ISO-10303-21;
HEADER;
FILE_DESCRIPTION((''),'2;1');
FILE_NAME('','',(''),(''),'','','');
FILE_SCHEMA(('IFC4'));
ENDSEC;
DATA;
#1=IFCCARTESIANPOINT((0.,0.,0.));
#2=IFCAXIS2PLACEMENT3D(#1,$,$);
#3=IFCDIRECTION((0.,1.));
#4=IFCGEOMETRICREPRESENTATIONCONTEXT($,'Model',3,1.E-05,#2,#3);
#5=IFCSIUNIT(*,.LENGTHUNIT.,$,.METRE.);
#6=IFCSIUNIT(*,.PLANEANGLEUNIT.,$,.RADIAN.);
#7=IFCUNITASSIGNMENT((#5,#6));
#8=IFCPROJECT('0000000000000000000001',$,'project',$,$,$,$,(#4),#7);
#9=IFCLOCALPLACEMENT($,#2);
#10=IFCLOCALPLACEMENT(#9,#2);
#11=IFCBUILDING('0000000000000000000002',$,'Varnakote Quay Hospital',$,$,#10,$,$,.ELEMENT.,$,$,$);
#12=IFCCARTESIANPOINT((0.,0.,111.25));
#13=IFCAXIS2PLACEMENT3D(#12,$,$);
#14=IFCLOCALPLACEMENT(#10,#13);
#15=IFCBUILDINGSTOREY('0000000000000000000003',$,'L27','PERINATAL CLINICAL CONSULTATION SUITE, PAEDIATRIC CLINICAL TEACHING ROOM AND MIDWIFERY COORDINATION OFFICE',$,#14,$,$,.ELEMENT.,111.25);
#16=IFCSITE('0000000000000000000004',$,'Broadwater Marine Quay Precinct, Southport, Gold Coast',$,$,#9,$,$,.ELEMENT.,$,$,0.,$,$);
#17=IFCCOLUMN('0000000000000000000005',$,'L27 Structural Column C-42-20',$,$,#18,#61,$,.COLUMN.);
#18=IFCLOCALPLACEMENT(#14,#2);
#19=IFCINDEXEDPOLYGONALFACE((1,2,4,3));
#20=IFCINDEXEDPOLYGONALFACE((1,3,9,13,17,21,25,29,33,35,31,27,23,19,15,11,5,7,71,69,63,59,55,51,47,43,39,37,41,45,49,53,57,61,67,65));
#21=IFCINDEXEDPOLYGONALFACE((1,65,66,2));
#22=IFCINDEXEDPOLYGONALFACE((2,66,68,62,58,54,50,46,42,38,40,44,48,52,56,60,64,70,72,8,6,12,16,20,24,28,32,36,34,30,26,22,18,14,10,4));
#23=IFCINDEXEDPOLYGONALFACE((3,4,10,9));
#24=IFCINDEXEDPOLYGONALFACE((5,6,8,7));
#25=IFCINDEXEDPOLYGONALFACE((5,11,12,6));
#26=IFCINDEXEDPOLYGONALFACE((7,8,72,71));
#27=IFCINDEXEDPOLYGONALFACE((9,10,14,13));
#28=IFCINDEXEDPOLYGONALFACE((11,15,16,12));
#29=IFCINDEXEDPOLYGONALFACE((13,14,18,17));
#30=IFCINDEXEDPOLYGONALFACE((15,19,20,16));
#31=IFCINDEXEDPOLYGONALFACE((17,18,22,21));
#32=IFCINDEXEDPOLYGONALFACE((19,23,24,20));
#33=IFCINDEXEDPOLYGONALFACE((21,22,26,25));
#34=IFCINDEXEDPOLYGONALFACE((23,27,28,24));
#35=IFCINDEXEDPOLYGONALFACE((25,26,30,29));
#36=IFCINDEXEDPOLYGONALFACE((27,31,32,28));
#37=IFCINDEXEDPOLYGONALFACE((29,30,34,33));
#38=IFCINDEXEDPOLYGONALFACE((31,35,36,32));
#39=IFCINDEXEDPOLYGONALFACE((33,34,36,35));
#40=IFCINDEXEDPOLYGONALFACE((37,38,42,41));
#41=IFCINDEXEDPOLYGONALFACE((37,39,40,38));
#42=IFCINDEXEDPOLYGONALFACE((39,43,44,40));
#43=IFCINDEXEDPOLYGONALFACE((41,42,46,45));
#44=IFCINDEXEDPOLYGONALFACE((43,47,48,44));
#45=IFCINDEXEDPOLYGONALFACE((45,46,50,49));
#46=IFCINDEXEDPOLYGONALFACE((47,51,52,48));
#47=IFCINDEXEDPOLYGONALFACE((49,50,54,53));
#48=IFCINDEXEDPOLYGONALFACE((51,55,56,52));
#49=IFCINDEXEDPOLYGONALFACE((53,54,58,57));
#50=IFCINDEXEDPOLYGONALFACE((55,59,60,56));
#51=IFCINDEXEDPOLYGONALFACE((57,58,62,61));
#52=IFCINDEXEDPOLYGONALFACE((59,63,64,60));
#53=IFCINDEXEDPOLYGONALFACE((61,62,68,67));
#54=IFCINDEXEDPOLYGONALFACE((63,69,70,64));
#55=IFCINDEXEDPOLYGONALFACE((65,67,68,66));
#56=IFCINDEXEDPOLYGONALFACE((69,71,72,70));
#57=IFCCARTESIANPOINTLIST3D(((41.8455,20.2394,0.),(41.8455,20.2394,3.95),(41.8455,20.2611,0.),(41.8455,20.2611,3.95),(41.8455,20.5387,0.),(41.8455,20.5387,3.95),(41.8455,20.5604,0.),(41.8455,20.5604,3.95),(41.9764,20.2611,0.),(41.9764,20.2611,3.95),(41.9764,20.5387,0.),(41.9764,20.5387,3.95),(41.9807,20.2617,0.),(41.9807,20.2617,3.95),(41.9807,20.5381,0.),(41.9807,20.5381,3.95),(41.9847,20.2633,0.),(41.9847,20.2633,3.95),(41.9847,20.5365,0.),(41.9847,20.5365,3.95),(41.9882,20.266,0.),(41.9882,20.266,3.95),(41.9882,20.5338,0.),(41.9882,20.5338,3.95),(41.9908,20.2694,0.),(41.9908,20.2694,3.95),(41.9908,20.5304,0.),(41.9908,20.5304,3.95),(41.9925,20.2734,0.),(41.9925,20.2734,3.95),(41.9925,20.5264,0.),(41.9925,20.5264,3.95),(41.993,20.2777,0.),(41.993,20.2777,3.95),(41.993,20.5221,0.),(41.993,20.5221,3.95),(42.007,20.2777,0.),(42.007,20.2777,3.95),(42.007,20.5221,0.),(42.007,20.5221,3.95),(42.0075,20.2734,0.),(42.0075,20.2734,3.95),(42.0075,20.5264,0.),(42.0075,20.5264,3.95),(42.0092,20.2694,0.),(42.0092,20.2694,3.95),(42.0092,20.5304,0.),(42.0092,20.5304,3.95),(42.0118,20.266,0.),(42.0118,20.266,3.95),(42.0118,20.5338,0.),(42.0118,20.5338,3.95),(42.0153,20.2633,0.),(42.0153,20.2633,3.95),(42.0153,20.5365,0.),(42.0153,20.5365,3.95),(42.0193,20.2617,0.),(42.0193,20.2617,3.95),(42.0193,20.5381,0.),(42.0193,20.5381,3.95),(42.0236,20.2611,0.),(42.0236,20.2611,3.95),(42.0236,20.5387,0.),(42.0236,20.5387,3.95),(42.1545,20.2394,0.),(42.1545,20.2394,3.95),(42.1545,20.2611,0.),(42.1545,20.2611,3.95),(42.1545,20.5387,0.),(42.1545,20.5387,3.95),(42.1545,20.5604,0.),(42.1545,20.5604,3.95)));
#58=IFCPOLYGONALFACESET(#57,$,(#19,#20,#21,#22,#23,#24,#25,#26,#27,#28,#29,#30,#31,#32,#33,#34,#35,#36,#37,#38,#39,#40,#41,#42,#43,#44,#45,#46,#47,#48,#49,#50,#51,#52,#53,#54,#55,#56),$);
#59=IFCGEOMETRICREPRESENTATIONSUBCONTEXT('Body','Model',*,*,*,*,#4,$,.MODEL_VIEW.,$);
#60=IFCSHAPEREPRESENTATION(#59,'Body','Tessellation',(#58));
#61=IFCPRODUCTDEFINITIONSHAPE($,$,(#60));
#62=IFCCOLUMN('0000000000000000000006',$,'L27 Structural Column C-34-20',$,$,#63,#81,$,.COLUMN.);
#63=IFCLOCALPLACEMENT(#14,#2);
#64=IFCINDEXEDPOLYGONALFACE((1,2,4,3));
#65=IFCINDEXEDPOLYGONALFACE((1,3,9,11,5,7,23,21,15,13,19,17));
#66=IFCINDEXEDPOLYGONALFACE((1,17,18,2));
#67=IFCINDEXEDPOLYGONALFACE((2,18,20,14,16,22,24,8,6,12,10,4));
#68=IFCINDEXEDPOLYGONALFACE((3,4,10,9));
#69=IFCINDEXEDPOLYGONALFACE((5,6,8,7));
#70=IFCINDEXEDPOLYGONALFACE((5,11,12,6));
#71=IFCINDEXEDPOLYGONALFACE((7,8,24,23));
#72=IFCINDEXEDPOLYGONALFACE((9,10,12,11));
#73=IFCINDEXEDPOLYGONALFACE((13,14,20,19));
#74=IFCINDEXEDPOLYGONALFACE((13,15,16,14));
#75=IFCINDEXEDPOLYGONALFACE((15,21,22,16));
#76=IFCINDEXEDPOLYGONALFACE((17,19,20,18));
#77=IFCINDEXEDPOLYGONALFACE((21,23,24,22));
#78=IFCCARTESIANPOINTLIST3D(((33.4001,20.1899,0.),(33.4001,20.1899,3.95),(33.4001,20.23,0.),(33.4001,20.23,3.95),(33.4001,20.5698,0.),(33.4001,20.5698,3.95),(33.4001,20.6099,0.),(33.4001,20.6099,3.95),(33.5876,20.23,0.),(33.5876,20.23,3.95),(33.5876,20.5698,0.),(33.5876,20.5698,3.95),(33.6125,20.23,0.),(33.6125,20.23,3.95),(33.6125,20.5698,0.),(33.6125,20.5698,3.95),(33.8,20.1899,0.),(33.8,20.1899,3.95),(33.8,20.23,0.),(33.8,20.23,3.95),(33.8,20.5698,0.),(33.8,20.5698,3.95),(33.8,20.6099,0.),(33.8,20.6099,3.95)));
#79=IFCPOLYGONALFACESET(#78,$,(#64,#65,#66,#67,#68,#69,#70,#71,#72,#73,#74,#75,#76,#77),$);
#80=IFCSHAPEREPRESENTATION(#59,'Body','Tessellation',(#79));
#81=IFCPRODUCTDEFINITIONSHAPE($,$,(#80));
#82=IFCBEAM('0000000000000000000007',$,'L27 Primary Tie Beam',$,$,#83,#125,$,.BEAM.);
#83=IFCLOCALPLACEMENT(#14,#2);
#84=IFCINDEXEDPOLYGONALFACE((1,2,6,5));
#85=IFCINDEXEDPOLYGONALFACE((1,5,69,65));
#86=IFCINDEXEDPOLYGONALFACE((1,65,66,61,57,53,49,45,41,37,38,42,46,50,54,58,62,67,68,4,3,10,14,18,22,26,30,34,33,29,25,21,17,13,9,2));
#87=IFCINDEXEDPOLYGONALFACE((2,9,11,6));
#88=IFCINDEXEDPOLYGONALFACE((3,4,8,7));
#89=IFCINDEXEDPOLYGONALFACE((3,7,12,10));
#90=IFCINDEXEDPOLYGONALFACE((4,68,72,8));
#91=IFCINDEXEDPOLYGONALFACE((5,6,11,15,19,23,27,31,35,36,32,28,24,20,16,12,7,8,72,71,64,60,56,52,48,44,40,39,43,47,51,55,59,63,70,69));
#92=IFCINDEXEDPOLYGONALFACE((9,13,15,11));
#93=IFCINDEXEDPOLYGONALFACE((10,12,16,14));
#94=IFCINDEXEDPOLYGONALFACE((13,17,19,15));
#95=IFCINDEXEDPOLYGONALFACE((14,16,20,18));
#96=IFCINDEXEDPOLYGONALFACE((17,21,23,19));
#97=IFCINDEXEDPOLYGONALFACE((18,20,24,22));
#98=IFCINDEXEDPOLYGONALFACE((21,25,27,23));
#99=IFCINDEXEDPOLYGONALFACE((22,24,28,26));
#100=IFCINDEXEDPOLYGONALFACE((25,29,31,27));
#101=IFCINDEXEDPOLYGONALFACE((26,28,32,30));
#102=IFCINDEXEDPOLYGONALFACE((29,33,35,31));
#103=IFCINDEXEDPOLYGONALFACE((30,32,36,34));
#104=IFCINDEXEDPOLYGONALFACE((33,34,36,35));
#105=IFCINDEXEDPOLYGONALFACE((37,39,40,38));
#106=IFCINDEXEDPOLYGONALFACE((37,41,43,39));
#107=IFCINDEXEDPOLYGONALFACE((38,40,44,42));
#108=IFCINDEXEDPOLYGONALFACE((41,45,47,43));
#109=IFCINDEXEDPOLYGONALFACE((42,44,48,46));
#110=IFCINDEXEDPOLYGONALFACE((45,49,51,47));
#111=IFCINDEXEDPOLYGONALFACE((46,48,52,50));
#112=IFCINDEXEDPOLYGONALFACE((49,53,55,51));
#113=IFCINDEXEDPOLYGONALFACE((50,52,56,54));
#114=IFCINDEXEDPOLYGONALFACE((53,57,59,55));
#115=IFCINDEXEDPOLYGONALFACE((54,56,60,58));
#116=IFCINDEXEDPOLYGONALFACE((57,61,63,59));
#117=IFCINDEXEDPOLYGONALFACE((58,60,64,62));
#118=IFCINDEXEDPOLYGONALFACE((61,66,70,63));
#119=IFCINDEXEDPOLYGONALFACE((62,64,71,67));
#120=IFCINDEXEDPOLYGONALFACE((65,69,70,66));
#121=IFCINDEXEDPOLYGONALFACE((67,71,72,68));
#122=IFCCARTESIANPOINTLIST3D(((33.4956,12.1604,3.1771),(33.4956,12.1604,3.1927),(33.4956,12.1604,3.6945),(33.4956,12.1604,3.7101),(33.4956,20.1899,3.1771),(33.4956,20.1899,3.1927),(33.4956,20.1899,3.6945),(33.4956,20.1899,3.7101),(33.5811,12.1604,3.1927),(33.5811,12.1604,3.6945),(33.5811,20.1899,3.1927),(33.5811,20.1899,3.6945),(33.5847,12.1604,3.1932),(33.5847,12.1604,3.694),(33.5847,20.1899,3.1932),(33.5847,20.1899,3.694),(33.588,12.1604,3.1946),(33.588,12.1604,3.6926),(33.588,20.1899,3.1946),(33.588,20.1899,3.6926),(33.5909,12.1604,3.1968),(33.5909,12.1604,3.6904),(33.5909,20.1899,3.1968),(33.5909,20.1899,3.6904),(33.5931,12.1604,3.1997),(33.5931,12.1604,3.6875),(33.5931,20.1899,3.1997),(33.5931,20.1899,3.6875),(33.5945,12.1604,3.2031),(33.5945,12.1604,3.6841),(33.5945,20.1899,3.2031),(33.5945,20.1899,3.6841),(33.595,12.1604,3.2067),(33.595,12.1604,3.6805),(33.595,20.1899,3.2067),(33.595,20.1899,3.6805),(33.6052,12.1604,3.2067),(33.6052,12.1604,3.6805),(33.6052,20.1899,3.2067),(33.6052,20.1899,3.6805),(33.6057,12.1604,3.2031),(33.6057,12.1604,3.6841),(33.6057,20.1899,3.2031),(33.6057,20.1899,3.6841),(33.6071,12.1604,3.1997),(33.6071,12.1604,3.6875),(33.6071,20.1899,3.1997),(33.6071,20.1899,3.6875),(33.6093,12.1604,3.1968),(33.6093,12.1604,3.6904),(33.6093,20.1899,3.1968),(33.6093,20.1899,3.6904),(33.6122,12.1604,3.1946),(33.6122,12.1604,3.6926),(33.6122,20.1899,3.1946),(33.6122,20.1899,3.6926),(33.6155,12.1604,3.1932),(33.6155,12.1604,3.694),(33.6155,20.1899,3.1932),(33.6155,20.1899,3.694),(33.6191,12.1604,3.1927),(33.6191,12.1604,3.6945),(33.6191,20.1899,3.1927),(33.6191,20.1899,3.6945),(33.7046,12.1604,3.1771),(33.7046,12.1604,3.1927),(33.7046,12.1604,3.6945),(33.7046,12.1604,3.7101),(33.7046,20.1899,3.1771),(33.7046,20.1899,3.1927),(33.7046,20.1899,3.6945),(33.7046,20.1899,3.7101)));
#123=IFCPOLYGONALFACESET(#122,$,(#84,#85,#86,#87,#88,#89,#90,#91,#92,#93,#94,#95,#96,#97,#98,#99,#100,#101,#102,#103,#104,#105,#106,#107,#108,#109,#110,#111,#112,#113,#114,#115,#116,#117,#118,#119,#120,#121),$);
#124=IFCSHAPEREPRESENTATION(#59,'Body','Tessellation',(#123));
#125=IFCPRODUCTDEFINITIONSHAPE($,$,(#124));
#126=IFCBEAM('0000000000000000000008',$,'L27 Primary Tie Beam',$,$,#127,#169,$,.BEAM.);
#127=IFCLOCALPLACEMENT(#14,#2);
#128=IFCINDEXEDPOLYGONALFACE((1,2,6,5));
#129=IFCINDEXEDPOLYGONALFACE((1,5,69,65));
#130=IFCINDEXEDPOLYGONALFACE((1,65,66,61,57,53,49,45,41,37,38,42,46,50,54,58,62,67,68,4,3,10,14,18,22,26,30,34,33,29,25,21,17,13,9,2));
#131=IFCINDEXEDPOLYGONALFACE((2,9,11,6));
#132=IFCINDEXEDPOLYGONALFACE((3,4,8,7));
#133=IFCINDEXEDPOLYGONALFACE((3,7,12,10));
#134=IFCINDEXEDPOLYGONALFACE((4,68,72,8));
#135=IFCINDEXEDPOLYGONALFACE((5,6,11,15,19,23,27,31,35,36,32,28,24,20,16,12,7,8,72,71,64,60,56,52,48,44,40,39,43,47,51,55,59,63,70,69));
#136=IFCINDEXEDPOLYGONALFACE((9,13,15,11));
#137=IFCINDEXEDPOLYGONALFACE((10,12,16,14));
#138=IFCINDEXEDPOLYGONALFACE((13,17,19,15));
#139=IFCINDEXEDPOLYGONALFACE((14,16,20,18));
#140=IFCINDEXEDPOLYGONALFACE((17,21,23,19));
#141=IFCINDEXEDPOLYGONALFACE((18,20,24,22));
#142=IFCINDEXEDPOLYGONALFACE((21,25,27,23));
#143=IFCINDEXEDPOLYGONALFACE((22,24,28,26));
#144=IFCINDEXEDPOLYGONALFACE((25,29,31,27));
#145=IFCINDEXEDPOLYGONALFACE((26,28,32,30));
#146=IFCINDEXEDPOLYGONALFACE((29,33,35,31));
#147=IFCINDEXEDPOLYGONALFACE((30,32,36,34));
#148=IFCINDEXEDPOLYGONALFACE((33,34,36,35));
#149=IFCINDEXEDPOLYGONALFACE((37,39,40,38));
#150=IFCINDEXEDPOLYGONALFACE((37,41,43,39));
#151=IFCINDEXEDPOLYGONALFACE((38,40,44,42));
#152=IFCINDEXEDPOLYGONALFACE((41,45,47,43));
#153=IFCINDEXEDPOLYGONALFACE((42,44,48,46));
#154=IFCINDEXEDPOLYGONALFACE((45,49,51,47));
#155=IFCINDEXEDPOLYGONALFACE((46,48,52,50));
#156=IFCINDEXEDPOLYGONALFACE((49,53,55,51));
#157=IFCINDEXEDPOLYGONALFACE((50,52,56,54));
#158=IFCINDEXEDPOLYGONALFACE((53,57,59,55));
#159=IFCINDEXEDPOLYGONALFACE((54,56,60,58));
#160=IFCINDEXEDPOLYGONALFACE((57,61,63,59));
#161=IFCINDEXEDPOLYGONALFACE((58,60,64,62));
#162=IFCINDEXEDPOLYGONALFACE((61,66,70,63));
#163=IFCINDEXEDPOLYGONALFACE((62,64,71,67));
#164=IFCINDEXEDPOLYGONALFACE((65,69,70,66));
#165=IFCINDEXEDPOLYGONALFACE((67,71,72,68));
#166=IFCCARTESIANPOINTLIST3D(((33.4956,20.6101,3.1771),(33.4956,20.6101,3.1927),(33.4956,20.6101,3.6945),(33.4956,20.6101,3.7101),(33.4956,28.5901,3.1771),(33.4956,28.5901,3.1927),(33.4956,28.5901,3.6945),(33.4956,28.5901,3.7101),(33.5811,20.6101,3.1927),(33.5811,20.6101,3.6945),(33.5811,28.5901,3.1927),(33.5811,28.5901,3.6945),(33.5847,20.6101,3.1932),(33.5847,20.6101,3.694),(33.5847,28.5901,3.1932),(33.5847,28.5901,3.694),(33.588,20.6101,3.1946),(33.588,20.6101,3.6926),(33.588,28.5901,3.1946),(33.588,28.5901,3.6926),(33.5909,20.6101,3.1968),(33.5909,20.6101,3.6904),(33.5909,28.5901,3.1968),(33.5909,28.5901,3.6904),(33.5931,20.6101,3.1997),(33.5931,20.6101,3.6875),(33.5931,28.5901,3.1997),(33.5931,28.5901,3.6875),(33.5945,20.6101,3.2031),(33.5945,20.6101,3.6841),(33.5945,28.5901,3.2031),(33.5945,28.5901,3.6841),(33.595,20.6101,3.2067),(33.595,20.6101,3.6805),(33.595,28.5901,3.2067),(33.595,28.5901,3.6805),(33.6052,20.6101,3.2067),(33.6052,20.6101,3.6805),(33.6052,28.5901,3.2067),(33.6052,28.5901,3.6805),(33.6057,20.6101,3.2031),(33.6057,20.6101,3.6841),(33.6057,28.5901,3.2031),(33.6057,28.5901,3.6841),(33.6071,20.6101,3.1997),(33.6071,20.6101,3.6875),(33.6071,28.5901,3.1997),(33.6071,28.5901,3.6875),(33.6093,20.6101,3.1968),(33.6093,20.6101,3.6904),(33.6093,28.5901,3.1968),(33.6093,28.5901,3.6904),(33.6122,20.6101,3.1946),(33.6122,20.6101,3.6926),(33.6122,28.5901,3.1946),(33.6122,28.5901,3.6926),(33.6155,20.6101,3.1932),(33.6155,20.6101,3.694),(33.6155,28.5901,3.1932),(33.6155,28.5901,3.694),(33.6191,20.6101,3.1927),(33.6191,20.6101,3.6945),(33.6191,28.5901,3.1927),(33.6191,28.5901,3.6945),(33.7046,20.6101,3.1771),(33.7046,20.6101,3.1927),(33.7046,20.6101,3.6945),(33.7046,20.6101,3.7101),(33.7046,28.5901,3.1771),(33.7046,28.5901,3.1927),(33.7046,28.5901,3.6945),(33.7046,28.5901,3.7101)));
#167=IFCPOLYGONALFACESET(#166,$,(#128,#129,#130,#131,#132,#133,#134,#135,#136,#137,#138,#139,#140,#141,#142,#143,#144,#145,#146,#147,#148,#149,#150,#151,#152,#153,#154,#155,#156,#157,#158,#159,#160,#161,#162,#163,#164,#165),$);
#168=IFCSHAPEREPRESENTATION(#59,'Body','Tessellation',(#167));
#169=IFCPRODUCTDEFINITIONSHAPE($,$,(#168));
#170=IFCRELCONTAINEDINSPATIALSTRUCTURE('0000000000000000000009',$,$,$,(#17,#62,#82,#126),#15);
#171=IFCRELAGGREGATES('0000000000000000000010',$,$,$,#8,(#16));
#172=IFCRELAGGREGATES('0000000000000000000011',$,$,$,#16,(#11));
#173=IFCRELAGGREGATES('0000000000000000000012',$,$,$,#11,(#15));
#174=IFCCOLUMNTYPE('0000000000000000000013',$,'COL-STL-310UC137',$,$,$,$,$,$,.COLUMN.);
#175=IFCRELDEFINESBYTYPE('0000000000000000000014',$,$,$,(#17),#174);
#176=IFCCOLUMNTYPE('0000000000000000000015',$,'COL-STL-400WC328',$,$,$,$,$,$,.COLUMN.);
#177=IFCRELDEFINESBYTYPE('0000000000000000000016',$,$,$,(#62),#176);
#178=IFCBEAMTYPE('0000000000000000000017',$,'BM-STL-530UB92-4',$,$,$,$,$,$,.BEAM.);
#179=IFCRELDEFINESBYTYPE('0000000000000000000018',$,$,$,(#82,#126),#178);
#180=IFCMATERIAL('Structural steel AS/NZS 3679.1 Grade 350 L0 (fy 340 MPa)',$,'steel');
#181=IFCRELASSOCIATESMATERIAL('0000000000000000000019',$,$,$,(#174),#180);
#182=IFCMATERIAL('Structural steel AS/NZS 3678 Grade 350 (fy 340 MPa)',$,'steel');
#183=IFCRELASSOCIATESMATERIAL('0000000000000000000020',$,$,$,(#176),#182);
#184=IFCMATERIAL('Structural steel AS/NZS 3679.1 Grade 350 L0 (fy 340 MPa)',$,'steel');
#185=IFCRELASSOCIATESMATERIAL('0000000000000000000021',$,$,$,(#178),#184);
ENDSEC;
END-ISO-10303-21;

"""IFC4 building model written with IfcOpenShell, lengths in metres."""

from ifc_helpers import new_model, si_unit, direction, frame, origin, origin_2d, place, context, subcontext, project, spatial, i_section, extrude, material, material_profile, profile_set, type_object, element, save


model = new_model("IFC4")

# Units and contexts
model_context = context("Model", 3, precision=1e-05, world=origin(), true_north=direction((0.0, 1.0)))
body_context = subcontext(model_context, "Body", "Model", "MODEL_VIEW")
ifc_project = project(units=[si_unit("LENGTHUNIT", "METRE"), si_unit("PLANEANGLEUNIT", "RADIAN")], contexts=[model_context])

# Site, building, storey
site_placement = place(None, origin())
site = spatial("IfcSite", under=ifc_project, at=site_placement, Name="Broadwater Marine Quay Precinct, Southport, Gold Coast", CompositionType="ELEMENT", RefElevation=0.0)
building_placement = place(site_placement, origin())
building = spatial("IfcBuilding", under=site, at=building_placement, Name="Varnakote Quay Hospital", CompositionType="ELEMENT")
storey_placement = place(building_placement, frame((0.0, 0.0, 111.25)))
storey = spatial("IfcBuildingStorey", under=building, at=storey_placement, Name="L27", Description="PERINATAL CLINICAL CONSULTATION SUITE, PAEDIATRIC CLINICAL TEACHING ROOM AND MIDWIFERY COORDINATION OFFICE", CompositionType="ELEMENT", Elevation=111.25)

# Columns
ifc_material_1 = material(Name="Structural steel AS/NZS 3679.1 Grade 350 L0 (fy 340 MPa)", Category="steel")
ifc_material_profile_1 = material_profile(ifc_material_1, i_section(OverallWidth=0.3091, OverallDepth=0.321, WebThickness=0.0139, FlangeThickness=0.0217, FilletRadius=0.0166, at=origin_2d()), Name="310UC137")
ifc_profile_set_1 = profile_set([ifc_material_profile_1], Name="Structural steel AS/NZS 3679.1 Grade 350 L0 (fy 340 MPa)")
column_type_1 = type_object("IfcColumnType", Name="COL-STL-310UC137", PredefinedType="COLUMN", material=ifc_profile_set_1)
column_1_placement = place(storey_placement, frame((42.0, 20.3999, 0.0), z_axis=(0.0, 0.0, 1.0), x_axis=(1.0, 0.0, 0.0)))
element("IfcColumn", 1, at=column_1_placement, inside=storey, type_object=column_type_1, Name="L27 Structural Column C-42-20", PredefinedType="COLUMN", context=body_context, shape_type="SweptSolid", body=[
    extrude(i_section(OverallWidth=0.3091, OverallDepth=0.321, WebThickness=0.0139, FlangeThickness=0.0217, FilletRadius=0.0166, at=origin_2d()), origin(), (0.0, 0.0, 1.0), 3.95),
])
ifc_material_2 = material(Name="Structural steel AS/NZS 3678 Grade 350 (fy 340 MPa)", Category="steel")
ifc_material_profile_2 = material_profile(ifc_material_2, i_section(OverallWidth=0.3999, OverallDepth=0.4199, WebThickness=0.0249, FlangeThickness=0.04, at=origin_2d()), Name="400WC328")
ifc_profile_set_2 = profile_set([ifc_material_profile_2], Name="Structural steel AS/NZS 3678 Grade 350 (fy 340 MPa)")
column_type_2 = type_object("IfcColumnType", Name="COL-STL-400WC328", PredefinedType="COLUMN", material=ifc_profile_set_2)
column_2_placement = place(storey_placement, frame((33.6001, 20.3999, 0.0), z_axis=(0.0, 0.0, 1.0), x_axis=(1.0, 0.0, 0.0)))
element("IfcColumn", 2, at=column_2_placement, inside=storey, type_object=column_type_2, Name="L27 Structural Column C-34-20", PredefinedType="COLUMN", context=body_context, shape_type="SweptSolid", body=[
    extrude(i_section(OverallWidth=0.3999, OverallDepth=0.4199, WebThickness=0.0249, FlangeThickness=0.04, at=origin_2d()), origin(), (0.0, 0.0, 1.0), 3.95),
])

# Beams
ifc_material_3 = material(Name="Structural steel AS/NZS 3679.1 Grade 350 L0 (fy 340 MPa)", Category="steel")
ifc_material_profile_3 = material_profile(ifc_material_3, i_section(OverallWidth=0.209, OverallDepth=0.533, WebThickness=0.0103, FlangeThickness=0.0156, FilletRadius=0.0139, at=origin_2d()), Name="530UB92.4")
ifc_profile_set_3 = profile_set([ifc_material_profile_3], Name="Structural steel AS/NZS 3679.1 Grade 350 L0 (fy 340 MPa)")
beam_type_1 = type_object("IfcBeamType", Name="BM-STL-530UB92-4", PredefinedType="BEAM", material=ifc_profile_set_3)
beam_1_placement = place(storey_placement, frame((33.6001, 12.1604, 3.4436), z_axis=(0.0, 1.0, 0.0), x_axis=(-1.0, 0.0, 0.0)))
element("IfcBeam", 3, at=beam_1_placement, inside=storey, type_object=beam_type_1, Name="L27 Primary Tie Beam", PredefinedType="BEAM", context=body_context, shape_type="SweptSolid", body=[
    extrude(i_section(OverallWidth=0.209, OverallDepth=0.533, WebThickness=0.0103, FlangeThickness=0.0156, FilletRadius=0.0139, at=origin_2d()), origin(), (0.0, 0.0, 1.0), 8.0295),
])
beam_2_placement = place(storey_placement, frame((33.6001, 20.6101, 3.4436), z_axis=(0.0, 1.0, 0.0), x_axis=(-1.0, 0.0, 0.0)))
element("IfcBeam", 4, at=beam_2_placement, inside=storey, type_object=beam_type_1, Name="L27 Primary Tie Beam", PredefinedType="BEAM", context=body_context, shape_type="SweptSolid", body=[
    extrude(i_section(OverallWidth=0.209, OverallDepth=0.533, WebThickness=0.0103, FlangeThickness=0.0156, FilletRadius=0.0139, at=origin_2d()), origin(), (0.0, 0.0, 1.0), 7.98),
])

save(model, "model.ifc")
